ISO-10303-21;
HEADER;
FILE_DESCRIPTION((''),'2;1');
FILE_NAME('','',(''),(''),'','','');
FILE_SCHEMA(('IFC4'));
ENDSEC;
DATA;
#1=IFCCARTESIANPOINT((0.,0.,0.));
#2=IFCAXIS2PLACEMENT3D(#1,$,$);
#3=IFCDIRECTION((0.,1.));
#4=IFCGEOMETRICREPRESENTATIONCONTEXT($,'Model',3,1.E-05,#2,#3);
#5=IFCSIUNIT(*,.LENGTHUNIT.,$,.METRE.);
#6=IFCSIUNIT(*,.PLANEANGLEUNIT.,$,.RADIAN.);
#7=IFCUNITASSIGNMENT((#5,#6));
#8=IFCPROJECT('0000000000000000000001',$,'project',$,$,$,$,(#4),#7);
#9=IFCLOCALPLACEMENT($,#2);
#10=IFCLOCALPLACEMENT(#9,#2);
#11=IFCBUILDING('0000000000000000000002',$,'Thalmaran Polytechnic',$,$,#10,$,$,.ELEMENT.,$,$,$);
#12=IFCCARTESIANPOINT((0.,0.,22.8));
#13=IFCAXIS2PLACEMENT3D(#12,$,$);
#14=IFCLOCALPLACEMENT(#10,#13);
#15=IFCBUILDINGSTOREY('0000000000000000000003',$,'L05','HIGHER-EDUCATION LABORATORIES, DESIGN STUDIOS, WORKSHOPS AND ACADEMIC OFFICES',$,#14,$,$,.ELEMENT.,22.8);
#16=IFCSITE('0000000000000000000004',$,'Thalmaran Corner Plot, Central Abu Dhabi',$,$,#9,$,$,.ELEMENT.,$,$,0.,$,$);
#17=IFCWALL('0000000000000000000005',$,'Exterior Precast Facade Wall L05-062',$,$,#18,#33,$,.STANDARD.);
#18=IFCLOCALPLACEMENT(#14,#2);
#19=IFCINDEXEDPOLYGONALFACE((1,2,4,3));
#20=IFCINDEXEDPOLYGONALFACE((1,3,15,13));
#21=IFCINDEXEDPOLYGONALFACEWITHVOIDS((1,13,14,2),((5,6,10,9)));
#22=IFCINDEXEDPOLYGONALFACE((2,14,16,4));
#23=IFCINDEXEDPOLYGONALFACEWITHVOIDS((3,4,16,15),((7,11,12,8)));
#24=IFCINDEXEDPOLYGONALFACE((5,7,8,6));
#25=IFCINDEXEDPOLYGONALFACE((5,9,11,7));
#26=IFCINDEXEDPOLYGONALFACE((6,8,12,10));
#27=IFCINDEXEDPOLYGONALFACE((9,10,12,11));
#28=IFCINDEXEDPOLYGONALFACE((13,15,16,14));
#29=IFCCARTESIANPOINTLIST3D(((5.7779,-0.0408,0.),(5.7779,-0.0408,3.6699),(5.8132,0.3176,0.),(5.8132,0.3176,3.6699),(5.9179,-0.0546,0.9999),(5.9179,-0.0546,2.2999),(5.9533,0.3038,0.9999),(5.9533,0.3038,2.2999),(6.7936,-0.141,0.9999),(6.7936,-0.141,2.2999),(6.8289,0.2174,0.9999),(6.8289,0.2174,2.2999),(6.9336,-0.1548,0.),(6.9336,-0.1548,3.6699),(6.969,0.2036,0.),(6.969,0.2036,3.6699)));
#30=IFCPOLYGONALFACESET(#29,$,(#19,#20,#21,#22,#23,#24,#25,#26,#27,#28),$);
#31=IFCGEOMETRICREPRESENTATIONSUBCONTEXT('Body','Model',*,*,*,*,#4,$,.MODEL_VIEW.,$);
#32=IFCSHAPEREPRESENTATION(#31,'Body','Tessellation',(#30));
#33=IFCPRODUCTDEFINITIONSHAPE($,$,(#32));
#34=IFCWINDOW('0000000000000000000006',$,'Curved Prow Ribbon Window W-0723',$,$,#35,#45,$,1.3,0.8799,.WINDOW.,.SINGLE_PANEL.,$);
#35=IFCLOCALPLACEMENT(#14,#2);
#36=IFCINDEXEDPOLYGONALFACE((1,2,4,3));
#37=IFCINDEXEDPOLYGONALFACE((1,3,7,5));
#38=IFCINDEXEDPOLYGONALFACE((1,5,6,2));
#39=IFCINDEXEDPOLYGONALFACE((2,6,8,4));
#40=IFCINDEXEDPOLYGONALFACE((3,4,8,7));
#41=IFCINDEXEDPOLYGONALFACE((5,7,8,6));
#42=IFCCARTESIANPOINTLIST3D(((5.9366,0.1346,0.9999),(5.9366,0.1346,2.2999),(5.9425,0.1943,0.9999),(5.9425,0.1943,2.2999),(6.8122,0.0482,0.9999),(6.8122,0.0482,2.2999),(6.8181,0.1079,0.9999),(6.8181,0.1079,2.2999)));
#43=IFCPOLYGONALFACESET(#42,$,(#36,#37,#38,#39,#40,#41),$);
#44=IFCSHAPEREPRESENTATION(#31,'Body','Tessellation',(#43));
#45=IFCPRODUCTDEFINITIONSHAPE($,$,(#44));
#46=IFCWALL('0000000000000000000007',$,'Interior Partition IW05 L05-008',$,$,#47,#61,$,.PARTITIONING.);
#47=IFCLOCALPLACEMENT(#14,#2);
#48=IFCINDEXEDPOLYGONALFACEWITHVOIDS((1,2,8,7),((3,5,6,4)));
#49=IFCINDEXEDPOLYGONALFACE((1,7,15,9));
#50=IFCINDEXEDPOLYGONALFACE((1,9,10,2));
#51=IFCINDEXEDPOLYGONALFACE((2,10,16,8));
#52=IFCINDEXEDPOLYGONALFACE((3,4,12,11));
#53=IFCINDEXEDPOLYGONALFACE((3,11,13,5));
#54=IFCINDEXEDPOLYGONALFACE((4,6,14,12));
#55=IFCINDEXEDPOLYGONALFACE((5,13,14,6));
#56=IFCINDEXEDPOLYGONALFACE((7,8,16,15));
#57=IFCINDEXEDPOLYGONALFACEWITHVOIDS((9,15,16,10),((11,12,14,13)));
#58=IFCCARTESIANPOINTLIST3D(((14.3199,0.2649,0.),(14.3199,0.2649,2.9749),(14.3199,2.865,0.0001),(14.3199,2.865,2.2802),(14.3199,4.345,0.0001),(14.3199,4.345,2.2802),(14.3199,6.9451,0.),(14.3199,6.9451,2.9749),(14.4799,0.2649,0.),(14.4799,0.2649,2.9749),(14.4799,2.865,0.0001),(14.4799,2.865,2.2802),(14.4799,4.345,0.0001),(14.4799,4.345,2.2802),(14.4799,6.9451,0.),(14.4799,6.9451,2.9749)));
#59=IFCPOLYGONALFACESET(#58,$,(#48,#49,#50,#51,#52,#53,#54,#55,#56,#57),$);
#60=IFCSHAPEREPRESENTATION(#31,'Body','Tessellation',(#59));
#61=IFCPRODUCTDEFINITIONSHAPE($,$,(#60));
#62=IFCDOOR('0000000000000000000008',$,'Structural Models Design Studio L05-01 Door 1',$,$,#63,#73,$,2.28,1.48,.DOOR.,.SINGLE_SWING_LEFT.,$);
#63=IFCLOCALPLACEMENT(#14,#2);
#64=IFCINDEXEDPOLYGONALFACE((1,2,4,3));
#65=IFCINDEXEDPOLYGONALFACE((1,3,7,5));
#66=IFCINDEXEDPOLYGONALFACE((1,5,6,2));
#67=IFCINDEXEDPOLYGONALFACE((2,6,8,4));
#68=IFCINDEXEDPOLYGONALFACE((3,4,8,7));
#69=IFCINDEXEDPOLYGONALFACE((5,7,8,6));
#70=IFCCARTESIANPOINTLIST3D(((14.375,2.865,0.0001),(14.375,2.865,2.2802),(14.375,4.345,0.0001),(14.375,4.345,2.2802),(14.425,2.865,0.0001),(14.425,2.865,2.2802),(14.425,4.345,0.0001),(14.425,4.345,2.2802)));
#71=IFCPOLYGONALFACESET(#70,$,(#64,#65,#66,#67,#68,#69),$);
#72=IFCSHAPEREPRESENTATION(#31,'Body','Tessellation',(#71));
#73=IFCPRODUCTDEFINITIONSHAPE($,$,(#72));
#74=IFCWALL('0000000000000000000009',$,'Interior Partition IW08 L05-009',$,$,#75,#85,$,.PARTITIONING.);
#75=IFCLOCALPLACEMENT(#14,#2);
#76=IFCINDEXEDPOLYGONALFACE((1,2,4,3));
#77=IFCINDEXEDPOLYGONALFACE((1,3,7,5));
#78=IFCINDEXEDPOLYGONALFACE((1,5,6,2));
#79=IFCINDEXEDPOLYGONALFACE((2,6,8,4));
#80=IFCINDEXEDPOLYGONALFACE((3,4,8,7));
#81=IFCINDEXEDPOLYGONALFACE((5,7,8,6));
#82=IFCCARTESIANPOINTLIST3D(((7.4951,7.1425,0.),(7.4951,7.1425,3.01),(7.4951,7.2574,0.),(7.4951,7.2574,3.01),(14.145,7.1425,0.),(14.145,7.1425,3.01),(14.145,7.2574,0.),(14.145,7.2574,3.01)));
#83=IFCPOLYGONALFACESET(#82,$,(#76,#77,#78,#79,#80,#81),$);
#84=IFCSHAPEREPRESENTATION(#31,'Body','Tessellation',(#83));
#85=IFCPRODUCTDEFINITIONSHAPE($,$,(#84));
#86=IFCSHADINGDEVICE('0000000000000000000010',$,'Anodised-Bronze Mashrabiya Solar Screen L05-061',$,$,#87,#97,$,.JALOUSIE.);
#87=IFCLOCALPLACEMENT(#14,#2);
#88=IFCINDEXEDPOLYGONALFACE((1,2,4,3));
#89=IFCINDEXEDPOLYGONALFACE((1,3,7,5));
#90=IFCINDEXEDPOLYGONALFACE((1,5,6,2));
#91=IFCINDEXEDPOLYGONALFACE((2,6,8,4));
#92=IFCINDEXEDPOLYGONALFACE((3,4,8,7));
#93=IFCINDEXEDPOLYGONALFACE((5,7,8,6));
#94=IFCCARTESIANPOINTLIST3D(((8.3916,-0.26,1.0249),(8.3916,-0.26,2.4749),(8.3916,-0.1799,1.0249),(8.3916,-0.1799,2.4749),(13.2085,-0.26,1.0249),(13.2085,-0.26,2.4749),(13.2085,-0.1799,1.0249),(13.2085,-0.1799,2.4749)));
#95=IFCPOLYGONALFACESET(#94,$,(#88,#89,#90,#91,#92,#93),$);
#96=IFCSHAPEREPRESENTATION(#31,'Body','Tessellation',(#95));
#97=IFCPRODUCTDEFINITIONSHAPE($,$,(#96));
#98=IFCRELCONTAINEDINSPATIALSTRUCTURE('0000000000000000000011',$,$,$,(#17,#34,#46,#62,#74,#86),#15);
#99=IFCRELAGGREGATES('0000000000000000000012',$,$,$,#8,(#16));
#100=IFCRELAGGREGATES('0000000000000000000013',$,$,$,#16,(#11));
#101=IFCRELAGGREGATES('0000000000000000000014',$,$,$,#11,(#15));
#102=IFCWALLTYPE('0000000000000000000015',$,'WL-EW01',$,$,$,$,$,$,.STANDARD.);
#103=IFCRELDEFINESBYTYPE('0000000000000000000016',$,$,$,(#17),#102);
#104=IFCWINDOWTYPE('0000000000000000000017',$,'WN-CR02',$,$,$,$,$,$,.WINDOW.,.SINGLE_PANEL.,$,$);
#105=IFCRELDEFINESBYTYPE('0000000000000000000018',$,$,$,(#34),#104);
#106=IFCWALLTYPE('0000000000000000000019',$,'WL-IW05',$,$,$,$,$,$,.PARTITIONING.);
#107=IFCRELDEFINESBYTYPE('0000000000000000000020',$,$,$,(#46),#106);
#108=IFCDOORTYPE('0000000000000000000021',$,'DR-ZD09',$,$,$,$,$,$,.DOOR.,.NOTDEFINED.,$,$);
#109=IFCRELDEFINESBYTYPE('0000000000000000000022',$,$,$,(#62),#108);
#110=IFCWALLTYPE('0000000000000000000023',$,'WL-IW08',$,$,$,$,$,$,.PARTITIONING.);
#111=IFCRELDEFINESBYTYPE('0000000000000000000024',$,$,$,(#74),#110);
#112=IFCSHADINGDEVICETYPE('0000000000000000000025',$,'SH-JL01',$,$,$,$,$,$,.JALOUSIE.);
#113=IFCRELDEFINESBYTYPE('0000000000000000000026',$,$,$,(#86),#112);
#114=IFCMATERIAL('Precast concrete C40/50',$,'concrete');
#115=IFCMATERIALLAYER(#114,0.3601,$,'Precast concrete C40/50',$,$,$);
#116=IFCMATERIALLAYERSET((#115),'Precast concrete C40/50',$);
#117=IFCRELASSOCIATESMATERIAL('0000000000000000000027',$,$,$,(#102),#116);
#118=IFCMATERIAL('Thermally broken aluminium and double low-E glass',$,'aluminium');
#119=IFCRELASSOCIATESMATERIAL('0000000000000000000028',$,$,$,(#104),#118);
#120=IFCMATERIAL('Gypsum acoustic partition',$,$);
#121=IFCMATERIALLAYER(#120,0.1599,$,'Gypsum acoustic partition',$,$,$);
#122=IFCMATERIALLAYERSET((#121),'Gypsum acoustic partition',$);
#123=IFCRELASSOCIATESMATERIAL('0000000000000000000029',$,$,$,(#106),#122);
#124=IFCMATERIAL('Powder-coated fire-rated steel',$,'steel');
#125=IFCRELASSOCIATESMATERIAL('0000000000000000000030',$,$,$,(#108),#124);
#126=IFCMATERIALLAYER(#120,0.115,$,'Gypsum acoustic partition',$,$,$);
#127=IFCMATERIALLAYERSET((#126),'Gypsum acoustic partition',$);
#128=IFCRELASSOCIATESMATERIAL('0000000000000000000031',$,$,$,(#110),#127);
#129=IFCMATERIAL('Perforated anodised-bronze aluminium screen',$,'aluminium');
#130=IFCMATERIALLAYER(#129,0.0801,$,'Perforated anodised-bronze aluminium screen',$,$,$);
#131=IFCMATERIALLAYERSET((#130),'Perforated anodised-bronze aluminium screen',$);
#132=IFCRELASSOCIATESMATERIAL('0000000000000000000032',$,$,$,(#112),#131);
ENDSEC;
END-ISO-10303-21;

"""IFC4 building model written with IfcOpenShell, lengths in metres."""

from ifc_helpers import new_model, si_unit, direction, frame, frame_2d, origin, origin_2d, place, context, subcontext, project, spatial, rectangle, extrude, material, layer, layer_set, type_object, element, fill, save


model = new_model("IFC4")

# Units and contexts
model_context = context("Model", 3, precision=1e-05, world=origin(), true_north=direction((0.0, 1.0)))
body_context = subcontext(model_context, "Body", "Model", "MODEL_VIEW")
ifc_project = project(units=[si_unit("LENGTHUNIT", "METRE"), si_unit("PLANEANGLEUNIT", "RADIAN")], contexts=[model_context])

# Site, building, storey
site_placement = place(None, origin())
site = spatial("IfcSite", under=ifc_project, at=site_placement, Name="Thalmaran Corner Plot, Central Abu Dhabi", CompositionType="ELEMENT", RefElevation=0.0)
building_placement = place(site_placement, origin())
building = spatial("IfcBuilding", under=site, at=building_placement, Name="Thalmaran Polytechnic", CompositionType="ELEMENT")
storey_placement = place(building_placement, frame((0.0, 0.0, 22.8)))
storey = spatial("IfcBuildingStorey", under=building, at=storey_placement, Name="L05", Description="HIGHER-EDUCATION LABORATORIES, DESIGN STUDIOS, WORKSHOPS AND ACADEMIC OFFICES", CompositionType="ELEMENT", Elevation=22.8)

# Shared definitions
ifc_material_1 = material(Name="Precast concrete C40/50", Category="concrete")
ifc_layer_1 = layer(ifc_material_1, 0.3601, Name="Precast concrete C40/50")
ifc_layer_set_1 = layer_set([ifc_layer_1], Name="Precast concrete C40/50")
wall_type_1 = type_object("IfcWallType", Name="WL-EW01", PredefinedType="STANDARD", material=ifc_layer_set_1)
ifc_material_2 = material(Name="Thermally broken aluminium and double low-E glass", Category="aluminium")

# Wall, opening, window
wall_1_placement = place(storey_placement, frame((6.9512, 0.0244, 0.0), z_axis=(0.0, 0.0, 1.0), x_axis=(-0.99517, 0.098172, 0.0)))
wall_1 = element("IfcWall", 1, at=wall_1_placement, inside=storey, type_object=wall_type_1, Name="Exterior Precast Facade Wall L05-062", PredefinedType="STANDARD", context=body_context, shape_type="SweptSolid", body=[
    extrude(rectangle(XDim=1.1614, YDim=0.3601, at=frame_2d((0.5806, 0.0))), origin(), (0.0, 0.0, 1.0), 3.6699),
])
opening_1_placement = place(wall_1_placement, frame((0.1406, 0.0, 1.0)))
opening_1 = element("IfcOpeningElement", 2, at=opening_1_placement, cuts=wall_1, PredefinedType="OPENING", context=body_context, shape_type="SweptSolid", body=[
    extrude(rectangle(XDim=0.8799, YDim=1.3, at=frame_2d((0.4399, 0.6499))), frame((0.0, 0.1899, 0.0), z_axis=(0.0, -1.0, 0.0), x_axis=(1.0, 0.0, 0.0)), (0.0, 0.0, 1.0), 0.3801),
])
window_type_1 = type_object("IfcWindowType", Name="WN-CR02", PartitioningType="SINGLE_PANEL", PredefinedType="WINDOW", material=ifc_material_2)
window_1_placement = place(opening_1_placement, origin())
window_1 = element("IfcWindow", 3, at=window_1_placement, inside=storey, type_object=window_type_1, Name="Curved Prow Ribbon Window W-0723", OverallHeight=1.3, OverallWidth=0.8799, PartitioningType="SINGLE_PANEL", PredefinedType="WINDOW", context=body_context, shape_type="SweptSolid", body=[
    extrude(rectangle(XDim=0.8799, YDim=1.3, at=frame_2d((0.4399, 0.6499))), frame((0.0, -0.01, 0.0), z_axis=(0.0, -1.0, 0.0), x_axis=(1.0, 0.0, 0.0)), (0.0, 0.0, 1.0), 0.0601),
])
fill(opening_1, window_1)

# Wall, opening, door
ifc_material_3 = material(Name="Gypsum acoustic partition")
ifc_layer_2 = layer(ifc_material_3, 0.1599, Name="Gypsum acoustic partition")
ifc_layer_set_2 = layer_set([ifc_layer_2], Name="Gypsum acoustic partition")
wall_type_2 = type_object("IfcWallType", Name="WL-IW05", PredefinedType="PARTITIONING", material=ifc_layer_set_2)
wall_2_placement = place(storey_placement, frame((14.3999, 0.2649, 0.0), z_axis=(0.0, 0.0, 1.0), x_axis=(0.0, 1.0, 0.0)))
wall_2 = element("IfcWall", 4, at=wall_2_placement, inside=storey, type_object=wall_type_2, Name="Interior Partition IW05 L05-008", PredefinedType="PARTITIONING", context=body_context, shape_type="SweptSolid", body=[
    extrude(rectangle(XDim=6.6802, YDim=0.1599, at=frame_2d((3.3401, 0.0))), origin(), (0.0, 0.0, 1.0), 2.9749),
])
opening_2_placement = place(wall_2_placement, frame((2.6001, 0.0, 0.0)))
opening_2 = element("IfcOpeningElement", 5, at=opening_2_placement, cuts=wall_2, PredefinedType="OPENING", context=body_context, shape_type="SweptSolid", body=[
    extrude(rectangle(XDim=1.48, YDim=2.28, at=frame_2d((0.74, 1.1401))), frame((0.0, 0.0898, 0.0), z_axis=(0.0, -1.0, 0.0), x_axis=(1.0, 0.0, 0.0)), (0.0, 0.0, 1.0), 0.1799),
])
ifc_material_4 = material(Name="Powder-coated fire-rated steel", Category="steel")
door_type = type_object("IfcDoorType", Name="DR-ZD09", OperationType="NOTDEFINED", PredefinedType="DOOR", material=ifc_material_4)
door_placement = place(opening_2_placement, origin())
door = element("IfcDoor", 6, at=door_placement, inside=storey, type_object=door_type, Name="Structural Models Design Studio L05-01 Door 1", OperationType="SINGLE_SWING_LEFT", OverallHeight=2.28, OverallWidth=1.48, PredefinedType="DOOR", context=body_context, shape_type="SweptSolid", body=[
    extrude(rectangle(XDim=1.48, YDim=2.28, at=frame_2d((0.74, 1.1401))), frame((0.0, 0.0249, 0.0), z_axis=(0.0, -1.0, 0.0), x_axis=(1.0, 0.0, 0.0)), (0.0, 0.0, 1.0), 0.05),
])
fill(opening_2, door)

# Wall
ifc_layer_3 = layer(ifc_material_3, 0.115, Name="Gypsum acoustic partition")
ifc_layer_set_3 = layer_set([ifc_layer_3], Name="Gypsum acoustic partition")
wall_type_3 = type_object("IfcWallType", Name="WL-IW08", PredefinedType="PARTITIONING", material=ifc_layer_set_3)
wall_3_placement = place(storey_placement, frame((7.4951, 7.2, 0.0), z_axis=(0.0, 0.0, 1.0), x_axis=(1.0, 0.0, 0.0)))
element("IfcWall", 7, at=wall_3_placement, inside=storey, type_object=wall_type_3, Name="Interior Partition IW08 L05-009", PredefinedType="PARTITIONING", context=body_context, shape_type="SweptSolid", body=[
    extrude(rectangle(XDim=6.6499, YDim=0.115, at=frame_2d((3.325, 0.0))), origin(), (0.0, 0.0, 1.0), 3.01),
])

# Shading device
ifc_material_5 = material(Name="Perforated anodised-bronze aluminium screen", Category="aluminium")
ifc_layer_4 = layer(ifc_material_5, 0.0801, Name="Perforated anodised-bronze aluminium screen")
ifc_layer_set_4 = layer_set([ifc_layer_4], Name="Perforated anodised-bronze aluminium screen")
shading_device_type = type_object("IfcShadingDeviceType", Name="SH-JL01", PredefinedType="JALOUSIE", material=ifc_layer_set_4)
shading_device_placement = place(storey_placement, frame((10.8, -0.22, 1.0249), z_axis=(0.0, 0.0, 1.0), x_axis=(-1.0, 0.0, 0.0)))
element("IfcShadingDevice", 8, at=shading_device_placement, inside=storey, type_object=shading_device_type, Name="Anodised-Bronze Mashrabiya Solar Screen L05-061", PredefinedType="JALOUSIE", context=body_context, shape_type="SweptSolid", body=[
    extrude(rectangle(XDim=4.8169, YDim=0.0801, at=origin_2d()), origin(), (0.0, 0.0, 1.0), 1.45),
])

save(model, "model.ifc")
